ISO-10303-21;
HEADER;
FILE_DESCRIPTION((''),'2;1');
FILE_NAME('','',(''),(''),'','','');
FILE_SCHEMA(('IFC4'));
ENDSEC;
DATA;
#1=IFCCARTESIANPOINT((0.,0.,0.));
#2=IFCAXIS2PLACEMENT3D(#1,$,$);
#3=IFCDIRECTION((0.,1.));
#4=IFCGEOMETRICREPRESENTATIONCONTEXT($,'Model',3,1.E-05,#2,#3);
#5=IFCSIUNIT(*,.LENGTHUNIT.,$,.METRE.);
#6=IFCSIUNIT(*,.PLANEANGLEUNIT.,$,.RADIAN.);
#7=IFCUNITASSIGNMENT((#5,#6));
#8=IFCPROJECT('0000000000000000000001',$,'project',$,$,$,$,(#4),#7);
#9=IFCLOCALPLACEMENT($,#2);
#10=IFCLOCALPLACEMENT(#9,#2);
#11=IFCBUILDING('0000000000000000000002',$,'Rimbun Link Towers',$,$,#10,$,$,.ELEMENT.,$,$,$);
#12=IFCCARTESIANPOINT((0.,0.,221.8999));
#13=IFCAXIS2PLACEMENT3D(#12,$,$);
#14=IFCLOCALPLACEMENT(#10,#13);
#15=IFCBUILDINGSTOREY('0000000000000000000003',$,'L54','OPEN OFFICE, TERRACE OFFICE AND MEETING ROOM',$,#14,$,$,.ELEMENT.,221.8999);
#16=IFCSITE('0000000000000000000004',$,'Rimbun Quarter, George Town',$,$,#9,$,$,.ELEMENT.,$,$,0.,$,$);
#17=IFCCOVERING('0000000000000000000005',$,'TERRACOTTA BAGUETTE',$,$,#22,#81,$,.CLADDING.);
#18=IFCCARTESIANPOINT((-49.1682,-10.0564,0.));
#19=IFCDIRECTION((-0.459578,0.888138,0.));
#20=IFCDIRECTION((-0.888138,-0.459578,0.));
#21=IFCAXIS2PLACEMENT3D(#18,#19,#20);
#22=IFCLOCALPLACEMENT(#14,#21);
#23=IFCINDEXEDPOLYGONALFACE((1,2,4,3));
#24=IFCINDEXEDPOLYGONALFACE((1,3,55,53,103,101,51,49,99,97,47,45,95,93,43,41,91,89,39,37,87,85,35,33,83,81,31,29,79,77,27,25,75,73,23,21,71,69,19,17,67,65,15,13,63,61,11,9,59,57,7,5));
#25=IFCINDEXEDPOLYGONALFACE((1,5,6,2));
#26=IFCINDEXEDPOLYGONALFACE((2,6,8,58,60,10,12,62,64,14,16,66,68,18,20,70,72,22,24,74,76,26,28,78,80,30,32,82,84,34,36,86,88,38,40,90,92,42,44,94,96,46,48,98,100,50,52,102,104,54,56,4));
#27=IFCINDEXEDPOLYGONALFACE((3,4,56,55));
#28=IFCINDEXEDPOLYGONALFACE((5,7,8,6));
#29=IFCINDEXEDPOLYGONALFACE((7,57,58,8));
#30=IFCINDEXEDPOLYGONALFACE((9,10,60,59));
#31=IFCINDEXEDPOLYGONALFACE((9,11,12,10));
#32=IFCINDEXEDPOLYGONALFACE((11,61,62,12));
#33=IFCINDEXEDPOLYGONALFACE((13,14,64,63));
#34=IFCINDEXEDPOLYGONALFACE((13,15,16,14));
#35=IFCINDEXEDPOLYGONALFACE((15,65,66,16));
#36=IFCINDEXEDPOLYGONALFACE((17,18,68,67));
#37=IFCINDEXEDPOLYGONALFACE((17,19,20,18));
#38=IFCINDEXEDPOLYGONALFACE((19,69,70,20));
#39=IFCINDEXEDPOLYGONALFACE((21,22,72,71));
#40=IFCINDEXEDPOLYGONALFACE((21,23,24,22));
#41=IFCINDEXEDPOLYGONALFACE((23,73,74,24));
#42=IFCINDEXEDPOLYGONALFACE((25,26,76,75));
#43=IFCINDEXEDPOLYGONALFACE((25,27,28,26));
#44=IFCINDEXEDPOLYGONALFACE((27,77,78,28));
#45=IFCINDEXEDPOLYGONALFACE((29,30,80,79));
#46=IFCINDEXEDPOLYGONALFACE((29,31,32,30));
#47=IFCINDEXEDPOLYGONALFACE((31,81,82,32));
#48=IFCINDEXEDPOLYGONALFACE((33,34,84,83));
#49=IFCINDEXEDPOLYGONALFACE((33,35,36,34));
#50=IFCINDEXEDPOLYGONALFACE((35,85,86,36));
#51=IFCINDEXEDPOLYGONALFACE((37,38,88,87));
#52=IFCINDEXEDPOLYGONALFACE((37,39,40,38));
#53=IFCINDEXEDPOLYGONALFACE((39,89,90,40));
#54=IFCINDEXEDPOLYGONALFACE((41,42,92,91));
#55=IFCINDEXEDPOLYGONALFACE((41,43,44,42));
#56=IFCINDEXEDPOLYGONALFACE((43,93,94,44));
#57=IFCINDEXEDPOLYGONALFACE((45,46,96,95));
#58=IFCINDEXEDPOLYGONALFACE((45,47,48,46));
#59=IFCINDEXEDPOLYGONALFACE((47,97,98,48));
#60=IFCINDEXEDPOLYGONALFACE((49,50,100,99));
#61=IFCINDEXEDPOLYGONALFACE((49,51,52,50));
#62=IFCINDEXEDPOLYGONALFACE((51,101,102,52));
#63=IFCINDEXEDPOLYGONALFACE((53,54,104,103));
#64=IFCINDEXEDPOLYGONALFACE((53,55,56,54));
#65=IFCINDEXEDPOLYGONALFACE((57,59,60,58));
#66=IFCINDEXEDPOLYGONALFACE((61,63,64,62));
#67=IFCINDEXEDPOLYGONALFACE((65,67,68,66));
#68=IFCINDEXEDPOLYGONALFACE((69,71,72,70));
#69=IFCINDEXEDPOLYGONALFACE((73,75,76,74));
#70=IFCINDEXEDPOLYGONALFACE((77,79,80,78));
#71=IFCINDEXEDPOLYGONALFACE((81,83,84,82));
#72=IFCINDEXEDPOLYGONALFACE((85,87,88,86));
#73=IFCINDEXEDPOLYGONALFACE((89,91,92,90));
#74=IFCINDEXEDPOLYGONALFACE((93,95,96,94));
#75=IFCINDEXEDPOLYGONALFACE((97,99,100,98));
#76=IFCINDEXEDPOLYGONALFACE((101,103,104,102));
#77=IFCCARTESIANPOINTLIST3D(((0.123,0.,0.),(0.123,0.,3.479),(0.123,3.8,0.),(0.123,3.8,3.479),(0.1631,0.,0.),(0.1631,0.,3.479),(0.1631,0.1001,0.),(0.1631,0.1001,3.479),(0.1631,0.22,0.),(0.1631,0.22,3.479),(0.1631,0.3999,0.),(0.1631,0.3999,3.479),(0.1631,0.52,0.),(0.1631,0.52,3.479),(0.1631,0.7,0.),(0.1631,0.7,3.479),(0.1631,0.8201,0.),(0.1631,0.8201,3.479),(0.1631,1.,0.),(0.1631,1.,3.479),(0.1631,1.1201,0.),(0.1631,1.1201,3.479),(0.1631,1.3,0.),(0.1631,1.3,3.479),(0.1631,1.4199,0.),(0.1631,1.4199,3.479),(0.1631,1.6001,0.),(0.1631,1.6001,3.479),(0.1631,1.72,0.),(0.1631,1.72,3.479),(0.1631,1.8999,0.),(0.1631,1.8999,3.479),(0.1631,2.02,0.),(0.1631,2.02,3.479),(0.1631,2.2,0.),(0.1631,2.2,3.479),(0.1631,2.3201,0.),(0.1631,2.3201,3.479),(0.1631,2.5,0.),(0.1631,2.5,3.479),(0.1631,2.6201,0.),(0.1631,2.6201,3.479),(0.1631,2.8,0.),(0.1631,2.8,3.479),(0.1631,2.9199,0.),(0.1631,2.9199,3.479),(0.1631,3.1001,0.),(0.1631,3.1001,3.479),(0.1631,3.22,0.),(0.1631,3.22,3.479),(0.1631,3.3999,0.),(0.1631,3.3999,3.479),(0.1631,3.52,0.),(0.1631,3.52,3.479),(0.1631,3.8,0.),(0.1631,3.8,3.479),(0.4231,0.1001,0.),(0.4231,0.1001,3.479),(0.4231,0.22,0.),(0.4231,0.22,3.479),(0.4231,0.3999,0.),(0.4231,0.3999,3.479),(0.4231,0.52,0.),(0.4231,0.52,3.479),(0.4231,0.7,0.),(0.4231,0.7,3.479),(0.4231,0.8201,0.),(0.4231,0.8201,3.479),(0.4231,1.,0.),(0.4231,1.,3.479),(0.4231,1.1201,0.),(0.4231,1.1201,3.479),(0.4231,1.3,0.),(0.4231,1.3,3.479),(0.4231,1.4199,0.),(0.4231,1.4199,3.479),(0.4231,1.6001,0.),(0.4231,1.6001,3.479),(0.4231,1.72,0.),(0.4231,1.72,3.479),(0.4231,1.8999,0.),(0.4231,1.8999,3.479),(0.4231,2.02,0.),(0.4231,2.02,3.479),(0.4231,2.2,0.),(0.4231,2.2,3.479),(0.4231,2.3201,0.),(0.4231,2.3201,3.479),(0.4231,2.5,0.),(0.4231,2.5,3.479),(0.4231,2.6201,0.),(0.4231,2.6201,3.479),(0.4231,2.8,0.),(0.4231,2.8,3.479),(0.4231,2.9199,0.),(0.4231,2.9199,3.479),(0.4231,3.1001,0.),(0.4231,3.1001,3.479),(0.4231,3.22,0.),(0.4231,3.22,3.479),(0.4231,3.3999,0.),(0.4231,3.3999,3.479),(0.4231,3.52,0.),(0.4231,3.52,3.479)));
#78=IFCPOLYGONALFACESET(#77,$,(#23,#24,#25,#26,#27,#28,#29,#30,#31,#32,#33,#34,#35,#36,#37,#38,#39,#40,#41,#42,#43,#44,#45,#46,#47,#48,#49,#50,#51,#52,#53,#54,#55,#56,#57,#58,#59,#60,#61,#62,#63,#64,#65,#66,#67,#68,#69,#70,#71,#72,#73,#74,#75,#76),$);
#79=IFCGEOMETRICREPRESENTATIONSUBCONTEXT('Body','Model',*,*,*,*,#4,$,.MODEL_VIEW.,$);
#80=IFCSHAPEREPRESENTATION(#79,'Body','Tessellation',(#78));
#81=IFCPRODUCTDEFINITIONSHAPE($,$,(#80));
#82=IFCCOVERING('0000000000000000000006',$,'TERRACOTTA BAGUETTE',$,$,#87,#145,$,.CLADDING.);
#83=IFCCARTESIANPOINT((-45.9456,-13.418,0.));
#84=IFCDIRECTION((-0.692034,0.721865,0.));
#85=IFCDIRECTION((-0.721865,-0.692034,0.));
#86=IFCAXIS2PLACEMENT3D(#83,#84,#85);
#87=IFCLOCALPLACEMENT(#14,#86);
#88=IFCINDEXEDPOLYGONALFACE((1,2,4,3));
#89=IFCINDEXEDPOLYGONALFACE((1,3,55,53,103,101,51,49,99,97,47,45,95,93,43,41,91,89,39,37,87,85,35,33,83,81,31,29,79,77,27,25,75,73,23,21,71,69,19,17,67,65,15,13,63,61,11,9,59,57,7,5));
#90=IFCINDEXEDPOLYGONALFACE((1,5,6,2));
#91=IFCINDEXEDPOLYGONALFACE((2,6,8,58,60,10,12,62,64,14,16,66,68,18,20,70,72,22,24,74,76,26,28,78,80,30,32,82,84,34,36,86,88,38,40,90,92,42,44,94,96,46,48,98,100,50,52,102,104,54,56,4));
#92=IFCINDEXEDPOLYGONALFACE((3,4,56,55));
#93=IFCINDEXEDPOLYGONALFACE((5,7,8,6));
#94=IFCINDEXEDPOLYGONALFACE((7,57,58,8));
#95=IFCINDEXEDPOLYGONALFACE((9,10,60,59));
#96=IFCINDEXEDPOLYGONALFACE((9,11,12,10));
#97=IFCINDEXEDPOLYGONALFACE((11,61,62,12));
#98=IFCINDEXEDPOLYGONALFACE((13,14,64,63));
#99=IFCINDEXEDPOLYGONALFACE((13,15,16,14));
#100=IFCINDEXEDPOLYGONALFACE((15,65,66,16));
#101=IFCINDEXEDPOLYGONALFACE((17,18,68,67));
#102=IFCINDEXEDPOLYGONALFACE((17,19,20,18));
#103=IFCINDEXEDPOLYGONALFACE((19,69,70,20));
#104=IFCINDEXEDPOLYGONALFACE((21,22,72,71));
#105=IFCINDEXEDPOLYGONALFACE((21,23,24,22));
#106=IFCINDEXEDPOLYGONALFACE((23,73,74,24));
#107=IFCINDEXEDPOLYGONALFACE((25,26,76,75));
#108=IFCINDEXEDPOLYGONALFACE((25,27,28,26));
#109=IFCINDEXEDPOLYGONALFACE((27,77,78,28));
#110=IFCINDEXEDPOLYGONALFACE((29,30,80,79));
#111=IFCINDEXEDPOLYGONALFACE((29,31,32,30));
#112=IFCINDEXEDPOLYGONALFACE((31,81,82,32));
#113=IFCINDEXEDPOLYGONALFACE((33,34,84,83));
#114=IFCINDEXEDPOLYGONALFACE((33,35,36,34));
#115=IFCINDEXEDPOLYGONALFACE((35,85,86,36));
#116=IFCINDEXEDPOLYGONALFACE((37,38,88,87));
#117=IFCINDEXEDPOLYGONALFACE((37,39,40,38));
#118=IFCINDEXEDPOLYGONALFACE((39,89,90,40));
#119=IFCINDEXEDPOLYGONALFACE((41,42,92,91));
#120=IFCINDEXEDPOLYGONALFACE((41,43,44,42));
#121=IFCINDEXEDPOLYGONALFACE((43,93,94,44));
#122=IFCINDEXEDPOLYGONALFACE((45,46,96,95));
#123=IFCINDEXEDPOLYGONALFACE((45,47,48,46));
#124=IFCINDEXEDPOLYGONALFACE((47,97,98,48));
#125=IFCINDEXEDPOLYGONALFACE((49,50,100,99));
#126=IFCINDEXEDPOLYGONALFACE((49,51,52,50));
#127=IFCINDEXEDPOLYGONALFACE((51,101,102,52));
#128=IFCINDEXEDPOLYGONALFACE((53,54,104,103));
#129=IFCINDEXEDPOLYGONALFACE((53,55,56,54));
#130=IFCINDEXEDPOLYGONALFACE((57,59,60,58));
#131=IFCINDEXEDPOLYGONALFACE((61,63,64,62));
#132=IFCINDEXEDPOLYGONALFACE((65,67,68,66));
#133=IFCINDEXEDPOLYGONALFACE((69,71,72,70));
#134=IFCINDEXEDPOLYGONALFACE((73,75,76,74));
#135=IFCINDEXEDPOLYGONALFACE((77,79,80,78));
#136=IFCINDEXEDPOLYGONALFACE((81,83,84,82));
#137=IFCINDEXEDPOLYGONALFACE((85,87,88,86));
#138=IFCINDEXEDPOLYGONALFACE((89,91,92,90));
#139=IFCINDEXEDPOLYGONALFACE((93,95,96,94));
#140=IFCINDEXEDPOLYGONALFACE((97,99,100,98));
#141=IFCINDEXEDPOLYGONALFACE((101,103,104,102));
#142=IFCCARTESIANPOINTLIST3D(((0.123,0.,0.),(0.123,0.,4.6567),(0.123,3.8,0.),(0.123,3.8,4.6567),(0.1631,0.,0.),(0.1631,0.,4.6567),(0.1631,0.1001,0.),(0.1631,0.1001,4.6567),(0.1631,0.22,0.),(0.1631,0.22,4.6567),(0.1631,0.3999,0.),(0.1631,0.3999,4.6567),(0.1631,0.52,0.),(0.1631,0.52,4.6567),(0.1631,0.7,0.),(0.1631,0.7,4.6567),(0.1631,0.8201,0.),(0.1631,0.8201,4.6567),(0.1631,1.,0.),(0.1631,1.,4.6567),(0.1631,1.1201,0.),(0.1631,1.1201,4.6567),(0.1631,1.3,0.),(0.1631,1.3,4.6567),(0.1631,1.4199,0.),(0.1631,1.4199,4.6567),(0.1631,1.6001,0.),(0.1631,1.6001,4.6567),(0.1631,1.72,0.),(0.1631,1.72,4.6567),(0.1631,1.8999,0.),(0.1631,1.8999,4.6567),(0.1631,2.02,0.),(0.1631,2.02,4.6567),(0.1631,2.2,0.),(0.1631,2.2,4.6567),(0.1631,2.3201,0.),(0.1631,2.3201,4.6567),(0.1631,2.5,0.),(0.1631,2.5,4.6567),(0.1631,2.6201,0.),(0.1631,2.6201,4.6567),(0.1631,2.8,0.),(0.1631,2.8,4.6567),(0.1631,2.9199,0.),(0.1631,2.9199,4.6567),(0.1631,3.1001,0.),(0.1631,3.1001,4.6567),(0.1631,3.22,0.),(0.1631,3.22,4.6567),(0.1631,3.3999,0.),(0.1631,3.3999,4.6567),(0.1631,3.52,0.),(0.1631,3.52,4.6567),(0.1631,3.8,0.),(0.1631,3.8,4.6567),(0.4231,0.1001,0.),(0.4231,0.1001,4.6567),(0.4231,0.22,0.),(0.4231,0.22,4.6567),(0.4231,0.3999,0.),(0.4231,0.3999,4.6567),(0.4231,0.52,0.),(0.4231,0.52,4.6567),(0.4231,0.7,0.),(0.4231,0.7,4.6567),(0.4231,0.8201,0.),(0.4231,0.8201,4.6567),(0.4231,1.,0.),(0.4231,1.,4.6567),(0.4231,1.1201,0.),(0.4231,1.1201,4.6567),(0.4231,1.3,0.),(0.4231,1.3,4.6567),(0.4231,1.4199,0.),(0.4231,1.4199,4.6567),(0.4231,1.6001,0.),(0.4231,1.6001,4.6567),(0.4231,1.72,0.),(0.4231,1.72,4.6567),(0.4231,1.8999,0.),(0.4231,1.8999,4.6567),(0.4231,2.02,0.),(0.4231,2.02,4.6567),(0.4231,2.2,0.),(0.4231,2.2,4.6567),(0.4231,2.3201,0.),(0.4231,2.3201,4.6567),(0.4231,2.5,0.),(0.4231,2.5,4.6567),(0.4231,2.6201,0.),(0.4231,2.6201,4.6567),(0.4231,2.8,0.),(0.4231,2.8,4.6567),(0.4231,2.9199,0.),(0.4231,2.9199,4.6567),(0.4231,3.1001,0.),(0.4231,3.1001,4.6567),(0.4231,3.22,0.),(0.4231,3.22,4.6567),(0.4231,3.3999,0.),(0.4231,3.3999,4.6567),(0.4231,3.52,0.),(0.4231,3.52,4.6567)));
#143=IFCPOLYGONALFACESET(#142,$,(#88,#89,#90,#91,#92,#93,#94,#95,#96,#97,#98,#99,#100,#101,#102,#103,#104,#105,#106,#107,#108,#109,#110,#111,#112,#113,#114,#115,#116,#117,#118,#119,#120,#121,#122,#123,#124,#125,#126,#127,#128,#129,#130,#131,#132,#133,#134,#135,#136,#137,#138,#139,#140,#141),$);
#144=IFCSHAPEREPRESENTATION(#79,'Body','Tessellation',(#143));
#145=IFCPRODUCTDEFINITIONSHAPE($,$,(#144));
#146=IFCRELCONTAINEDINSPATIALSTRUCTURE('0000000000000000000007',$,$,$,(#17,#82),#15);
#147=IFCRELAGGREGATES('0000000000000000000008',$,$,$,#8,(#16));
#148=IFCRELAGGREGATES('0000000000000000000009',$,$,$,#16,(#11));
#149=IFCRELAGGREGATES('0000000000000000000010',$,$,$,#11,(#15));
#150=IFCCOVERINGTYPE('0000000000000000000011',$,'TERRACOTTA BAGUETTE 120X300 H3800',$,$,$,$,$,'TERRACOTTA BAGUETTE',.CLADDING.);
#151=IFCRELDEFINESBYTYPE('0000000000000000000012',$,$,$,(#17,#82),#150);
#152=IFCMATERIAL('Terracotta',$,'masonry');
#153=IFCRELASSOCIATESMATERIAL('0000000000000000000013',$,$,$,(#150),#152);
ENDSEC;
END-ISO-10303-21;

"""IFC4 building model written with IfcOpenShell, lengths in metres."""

from ifc_helpers import new_model, si_unit, direction, frame, origin, place, context, subcontext, project, spatial, polyline, outline, extrude, material, material_profile, profile_set, type_object, element, save


model = new_model("IFC4")

# Units and contexts
model_context = context("Model", 3, precision=1e-05, world=origin(), true_north=direction((0.0, 1.0)))
body_context = subcontext(model_context, "Body", "Model", "MODEL_VIEW")
ifc_project = project(units=[si_unit("LENGTHUNIT", "METRE"), si_unit("PLANEANGLEUNIT", "RADIAN")], contexts=[model_context])

# Site, building, storey
site_placement = place(None, origin())
site = spatial("IfcSite", under=ifc_project, at=site_placement, Name="Rimbun Quarter, George Town", CompositionType="ELEMENT", RefElevation=0.0)
building_placement = place(site_placement, origin())
building = spatial("IfcBuilding", under=site, at=building_placement, Name="Rimbun Link Towers", CompositionType="ELEMENT")
storey_placement = place(building_placement, frame((0.0, 0.0, 221.8999)))
storey = spatial("IfcBuildingStorey", under=building, at=storey_placement, Name="L54", Description="OPEN OFFICE, TERRACE OFFICE AND MEETING ROOM", CompositionType="ELEMENT", Elevation=221.8999)

# Coverings
ifc_material_1 = material(Name="Terracotta", Category="masonry")
ifc_material_profile_1 = material_profile(ifc_material_1, outline(polyline([(0.123, 0.0), (0.1631, 0.0), (0.1631, 0.1001), (0.4231, 0.1001), (0.4231, 0.22), (0.1631, 0.22), (0.1631, 0.3999), (0.4231, 0.3999), (0.4231, 0.52), (0.1631, 0.52), (0.1631, 0.7), (0.4231, 0.7), (0.4231, 0.8201), (0.1631, 0.8201), (0.1631, 1.0), (0.4231, 1.0), (0.4231, 1.1201), (0.1631, 1.1201), (0.1631, 1.3), (0.4231, 1.3), (0.4231, 1.4199), (0.1631, 1.4199), (0.1631, 1.6001), (0.4231, 1.6001), (0.4231, 1.72), (0.1631, 1.72), (0.1631, 1.8999), (0.4231, 1.8999), (0.4231, 2.02), (0.1631, 2.02), (0.1631, 2.2), (0.4231, 2.2), (0.4231, 2.3201), (0.1631, 2.3201), (0.1631, 2.5), (0.4231, 2.5), (0.4231, 2.6201), (0.1631, 2.6201), (0.1631, 2.8), (0.4231, 2.8), (0.4231, 2.9199), (0.1631, 2.9199), (0.1631, 3.1001), (0.4231, 3.1001), (0.4231, 3.22), (0.1631, 3.22), (0.1631, 3.3999), (0.4231, 3.3999), (0.4231, 3.52), (0.1631, 3.52), (0.1631, 3.8), (0.123, 3.8), (0.123, 0.0)])), Name="BAGUETTE 120X300")
ifc_profile_set_1 = profile_set([ifc_material_profile_1], Name="Terracotta")
covering_type = type_object("IfcCoveringType", Name="TERRACOTTA BAGUETTE 120X300 H3800", ElementType="TERRACOTTA BAGUETTE", PredefinedType="CLADDING", material=ifc_profile_set_1)
covering_1_placement = place(storey_placement, frame((-49.1682, -10.0564, 0.0), z_axis=(-0.459578, 0.888138, 0.0), x_axis=(-0.888138, -0.459578, 0.0)))
element("IfcCovering", 1, at=covering_1_placement, inside=storey, type_object=covering_type, Name="TERRACOTTA BAGUETTE", PredefinedType="CLADDING", context=body_context, shape_type="SweptSolid", body=[
    extrude(outline(polyline([(0.123, 0.0), (0.1631, 0.0), (0.1631, 0.1001), (0.4231, 0.1001), (0.4231, 0.22), (0.1631, 0.22), (0.1631, 0.3999), (0.4231, 0.3999), (0.4231, 0.52), (0.1631, 0.52), (0.1631, 0.7), (0.4231, 0.7), (0.4231, 0.8201), (0.1631, 0.8201), (0.1631, 1.0), (0.4231, 1.0), (0.4231, 1.1201), (0.1631, 1.1201), (0.1631, 1.3), (0.4231, 1.3), (0.4231, 1.4199), (0.1631, 1.4199), (0.1631, 1.6001), (0.4231, 1.6001), (0.4231, 1.72), (0.1631, 1.72), (0.1631, 1.8999), (0.4231, 1.8999), (0.4231, 2.02), (0.1631, 2.02), (0.1631, 2.2), (0.4231, 2.2), (0.4231, 2.3201), (0.1631, 2.3201), (0.1631, 2.5), (0.4231, 2.5), (0.4231, 2.6201), (0.1631, 2.6201), (0.1631, 2.8), (0.4231, 2.8), (0.4231, 2.9199), (0.1631, 2.9199), (0.1631, 3.1001), (0.4231, 3.1001), (0.4231, 3.22), (0.1631, 3.22), (0.1631, 3.3999), (0.4231, 3.3999), (0.4231, 3.52), (0.1631, 3.52), (0.1631, 3.8), (0.123, 3.8), (0.123, 0.0)])), origin(), (0.0, 0.0, 1.0), 3.479),
])
covering_2_placement = place(storey_placement, frame((-45.9456, -13.418, 0.0), z_axis=(-0.692034, 0.721865, 0.0), x_axis=(-0.721865, -0.692034, 0.0)))
element("IfcCovering", 2, at=covering_2_placement, inside=storey, type_object=covering_type, Name="TERRACOTTA BAGUETTE", PredefinedType="CLADDING", context=body_context, shape_type="SweptSolid", body=[
    extrude(outline(polyline([(0.123, 0.0), (0.1631, 0.0), (0.1631, 0.1001), (0.4231, 0.1001), (0.4231, 0.22), (0.1631, 0.22), (0.1631, 0.3999), (0.4231, 0.3999), (0.4231, 0.52), (0.1631, 0.52), (0.1631, 0.7), (0.4231, 0.7), (0.4231, 0.8201), (0.1631, 0.8201), (0.1631, 1.0), (0.4231, 1.0), (0.4231, 1.1201), (0.1631, 1.1201), (0.1631, 1.3), (0.4231, 1.3), (0.4231, 1.4199), (0.1631, 1.4199), (0.1631, 1.6001), (0.4231, 1.6001), (0.4231, 1.72), (0.1631, 1.72), (0.1631, 1.8999), (0.4231, 1.8999), (0.4231, 2.02), (0.1631, 2.02), (0.1631, 2.2), (0.4231, 2.2), (0.4231, 2.3201), (0.1631, 2.3201), (0.1631, 2.5), (0.4231, 2.5), (0.4231, 2.6201), (0.1631, 2.6201), (0.1631, 2.8), (0.4231, 2.8), (0.4231, 2.9199), (0.1631, 2.9199), (0.1631, 3.1001), (0.4231, 3.1001), (0.4231, 3.22), (0.1631, 3.22), (0.1631, 3.3999), (0.4231, 3.3999), (0.4231, 3.52), (0.1631, 3.52), (0.1631, 3.8), (0.123, 3.8), (0.123, 0.0)])), origin(), (0.0, 0.0, 1.0), 4.6567),
])

save(model, "model.ifc")
